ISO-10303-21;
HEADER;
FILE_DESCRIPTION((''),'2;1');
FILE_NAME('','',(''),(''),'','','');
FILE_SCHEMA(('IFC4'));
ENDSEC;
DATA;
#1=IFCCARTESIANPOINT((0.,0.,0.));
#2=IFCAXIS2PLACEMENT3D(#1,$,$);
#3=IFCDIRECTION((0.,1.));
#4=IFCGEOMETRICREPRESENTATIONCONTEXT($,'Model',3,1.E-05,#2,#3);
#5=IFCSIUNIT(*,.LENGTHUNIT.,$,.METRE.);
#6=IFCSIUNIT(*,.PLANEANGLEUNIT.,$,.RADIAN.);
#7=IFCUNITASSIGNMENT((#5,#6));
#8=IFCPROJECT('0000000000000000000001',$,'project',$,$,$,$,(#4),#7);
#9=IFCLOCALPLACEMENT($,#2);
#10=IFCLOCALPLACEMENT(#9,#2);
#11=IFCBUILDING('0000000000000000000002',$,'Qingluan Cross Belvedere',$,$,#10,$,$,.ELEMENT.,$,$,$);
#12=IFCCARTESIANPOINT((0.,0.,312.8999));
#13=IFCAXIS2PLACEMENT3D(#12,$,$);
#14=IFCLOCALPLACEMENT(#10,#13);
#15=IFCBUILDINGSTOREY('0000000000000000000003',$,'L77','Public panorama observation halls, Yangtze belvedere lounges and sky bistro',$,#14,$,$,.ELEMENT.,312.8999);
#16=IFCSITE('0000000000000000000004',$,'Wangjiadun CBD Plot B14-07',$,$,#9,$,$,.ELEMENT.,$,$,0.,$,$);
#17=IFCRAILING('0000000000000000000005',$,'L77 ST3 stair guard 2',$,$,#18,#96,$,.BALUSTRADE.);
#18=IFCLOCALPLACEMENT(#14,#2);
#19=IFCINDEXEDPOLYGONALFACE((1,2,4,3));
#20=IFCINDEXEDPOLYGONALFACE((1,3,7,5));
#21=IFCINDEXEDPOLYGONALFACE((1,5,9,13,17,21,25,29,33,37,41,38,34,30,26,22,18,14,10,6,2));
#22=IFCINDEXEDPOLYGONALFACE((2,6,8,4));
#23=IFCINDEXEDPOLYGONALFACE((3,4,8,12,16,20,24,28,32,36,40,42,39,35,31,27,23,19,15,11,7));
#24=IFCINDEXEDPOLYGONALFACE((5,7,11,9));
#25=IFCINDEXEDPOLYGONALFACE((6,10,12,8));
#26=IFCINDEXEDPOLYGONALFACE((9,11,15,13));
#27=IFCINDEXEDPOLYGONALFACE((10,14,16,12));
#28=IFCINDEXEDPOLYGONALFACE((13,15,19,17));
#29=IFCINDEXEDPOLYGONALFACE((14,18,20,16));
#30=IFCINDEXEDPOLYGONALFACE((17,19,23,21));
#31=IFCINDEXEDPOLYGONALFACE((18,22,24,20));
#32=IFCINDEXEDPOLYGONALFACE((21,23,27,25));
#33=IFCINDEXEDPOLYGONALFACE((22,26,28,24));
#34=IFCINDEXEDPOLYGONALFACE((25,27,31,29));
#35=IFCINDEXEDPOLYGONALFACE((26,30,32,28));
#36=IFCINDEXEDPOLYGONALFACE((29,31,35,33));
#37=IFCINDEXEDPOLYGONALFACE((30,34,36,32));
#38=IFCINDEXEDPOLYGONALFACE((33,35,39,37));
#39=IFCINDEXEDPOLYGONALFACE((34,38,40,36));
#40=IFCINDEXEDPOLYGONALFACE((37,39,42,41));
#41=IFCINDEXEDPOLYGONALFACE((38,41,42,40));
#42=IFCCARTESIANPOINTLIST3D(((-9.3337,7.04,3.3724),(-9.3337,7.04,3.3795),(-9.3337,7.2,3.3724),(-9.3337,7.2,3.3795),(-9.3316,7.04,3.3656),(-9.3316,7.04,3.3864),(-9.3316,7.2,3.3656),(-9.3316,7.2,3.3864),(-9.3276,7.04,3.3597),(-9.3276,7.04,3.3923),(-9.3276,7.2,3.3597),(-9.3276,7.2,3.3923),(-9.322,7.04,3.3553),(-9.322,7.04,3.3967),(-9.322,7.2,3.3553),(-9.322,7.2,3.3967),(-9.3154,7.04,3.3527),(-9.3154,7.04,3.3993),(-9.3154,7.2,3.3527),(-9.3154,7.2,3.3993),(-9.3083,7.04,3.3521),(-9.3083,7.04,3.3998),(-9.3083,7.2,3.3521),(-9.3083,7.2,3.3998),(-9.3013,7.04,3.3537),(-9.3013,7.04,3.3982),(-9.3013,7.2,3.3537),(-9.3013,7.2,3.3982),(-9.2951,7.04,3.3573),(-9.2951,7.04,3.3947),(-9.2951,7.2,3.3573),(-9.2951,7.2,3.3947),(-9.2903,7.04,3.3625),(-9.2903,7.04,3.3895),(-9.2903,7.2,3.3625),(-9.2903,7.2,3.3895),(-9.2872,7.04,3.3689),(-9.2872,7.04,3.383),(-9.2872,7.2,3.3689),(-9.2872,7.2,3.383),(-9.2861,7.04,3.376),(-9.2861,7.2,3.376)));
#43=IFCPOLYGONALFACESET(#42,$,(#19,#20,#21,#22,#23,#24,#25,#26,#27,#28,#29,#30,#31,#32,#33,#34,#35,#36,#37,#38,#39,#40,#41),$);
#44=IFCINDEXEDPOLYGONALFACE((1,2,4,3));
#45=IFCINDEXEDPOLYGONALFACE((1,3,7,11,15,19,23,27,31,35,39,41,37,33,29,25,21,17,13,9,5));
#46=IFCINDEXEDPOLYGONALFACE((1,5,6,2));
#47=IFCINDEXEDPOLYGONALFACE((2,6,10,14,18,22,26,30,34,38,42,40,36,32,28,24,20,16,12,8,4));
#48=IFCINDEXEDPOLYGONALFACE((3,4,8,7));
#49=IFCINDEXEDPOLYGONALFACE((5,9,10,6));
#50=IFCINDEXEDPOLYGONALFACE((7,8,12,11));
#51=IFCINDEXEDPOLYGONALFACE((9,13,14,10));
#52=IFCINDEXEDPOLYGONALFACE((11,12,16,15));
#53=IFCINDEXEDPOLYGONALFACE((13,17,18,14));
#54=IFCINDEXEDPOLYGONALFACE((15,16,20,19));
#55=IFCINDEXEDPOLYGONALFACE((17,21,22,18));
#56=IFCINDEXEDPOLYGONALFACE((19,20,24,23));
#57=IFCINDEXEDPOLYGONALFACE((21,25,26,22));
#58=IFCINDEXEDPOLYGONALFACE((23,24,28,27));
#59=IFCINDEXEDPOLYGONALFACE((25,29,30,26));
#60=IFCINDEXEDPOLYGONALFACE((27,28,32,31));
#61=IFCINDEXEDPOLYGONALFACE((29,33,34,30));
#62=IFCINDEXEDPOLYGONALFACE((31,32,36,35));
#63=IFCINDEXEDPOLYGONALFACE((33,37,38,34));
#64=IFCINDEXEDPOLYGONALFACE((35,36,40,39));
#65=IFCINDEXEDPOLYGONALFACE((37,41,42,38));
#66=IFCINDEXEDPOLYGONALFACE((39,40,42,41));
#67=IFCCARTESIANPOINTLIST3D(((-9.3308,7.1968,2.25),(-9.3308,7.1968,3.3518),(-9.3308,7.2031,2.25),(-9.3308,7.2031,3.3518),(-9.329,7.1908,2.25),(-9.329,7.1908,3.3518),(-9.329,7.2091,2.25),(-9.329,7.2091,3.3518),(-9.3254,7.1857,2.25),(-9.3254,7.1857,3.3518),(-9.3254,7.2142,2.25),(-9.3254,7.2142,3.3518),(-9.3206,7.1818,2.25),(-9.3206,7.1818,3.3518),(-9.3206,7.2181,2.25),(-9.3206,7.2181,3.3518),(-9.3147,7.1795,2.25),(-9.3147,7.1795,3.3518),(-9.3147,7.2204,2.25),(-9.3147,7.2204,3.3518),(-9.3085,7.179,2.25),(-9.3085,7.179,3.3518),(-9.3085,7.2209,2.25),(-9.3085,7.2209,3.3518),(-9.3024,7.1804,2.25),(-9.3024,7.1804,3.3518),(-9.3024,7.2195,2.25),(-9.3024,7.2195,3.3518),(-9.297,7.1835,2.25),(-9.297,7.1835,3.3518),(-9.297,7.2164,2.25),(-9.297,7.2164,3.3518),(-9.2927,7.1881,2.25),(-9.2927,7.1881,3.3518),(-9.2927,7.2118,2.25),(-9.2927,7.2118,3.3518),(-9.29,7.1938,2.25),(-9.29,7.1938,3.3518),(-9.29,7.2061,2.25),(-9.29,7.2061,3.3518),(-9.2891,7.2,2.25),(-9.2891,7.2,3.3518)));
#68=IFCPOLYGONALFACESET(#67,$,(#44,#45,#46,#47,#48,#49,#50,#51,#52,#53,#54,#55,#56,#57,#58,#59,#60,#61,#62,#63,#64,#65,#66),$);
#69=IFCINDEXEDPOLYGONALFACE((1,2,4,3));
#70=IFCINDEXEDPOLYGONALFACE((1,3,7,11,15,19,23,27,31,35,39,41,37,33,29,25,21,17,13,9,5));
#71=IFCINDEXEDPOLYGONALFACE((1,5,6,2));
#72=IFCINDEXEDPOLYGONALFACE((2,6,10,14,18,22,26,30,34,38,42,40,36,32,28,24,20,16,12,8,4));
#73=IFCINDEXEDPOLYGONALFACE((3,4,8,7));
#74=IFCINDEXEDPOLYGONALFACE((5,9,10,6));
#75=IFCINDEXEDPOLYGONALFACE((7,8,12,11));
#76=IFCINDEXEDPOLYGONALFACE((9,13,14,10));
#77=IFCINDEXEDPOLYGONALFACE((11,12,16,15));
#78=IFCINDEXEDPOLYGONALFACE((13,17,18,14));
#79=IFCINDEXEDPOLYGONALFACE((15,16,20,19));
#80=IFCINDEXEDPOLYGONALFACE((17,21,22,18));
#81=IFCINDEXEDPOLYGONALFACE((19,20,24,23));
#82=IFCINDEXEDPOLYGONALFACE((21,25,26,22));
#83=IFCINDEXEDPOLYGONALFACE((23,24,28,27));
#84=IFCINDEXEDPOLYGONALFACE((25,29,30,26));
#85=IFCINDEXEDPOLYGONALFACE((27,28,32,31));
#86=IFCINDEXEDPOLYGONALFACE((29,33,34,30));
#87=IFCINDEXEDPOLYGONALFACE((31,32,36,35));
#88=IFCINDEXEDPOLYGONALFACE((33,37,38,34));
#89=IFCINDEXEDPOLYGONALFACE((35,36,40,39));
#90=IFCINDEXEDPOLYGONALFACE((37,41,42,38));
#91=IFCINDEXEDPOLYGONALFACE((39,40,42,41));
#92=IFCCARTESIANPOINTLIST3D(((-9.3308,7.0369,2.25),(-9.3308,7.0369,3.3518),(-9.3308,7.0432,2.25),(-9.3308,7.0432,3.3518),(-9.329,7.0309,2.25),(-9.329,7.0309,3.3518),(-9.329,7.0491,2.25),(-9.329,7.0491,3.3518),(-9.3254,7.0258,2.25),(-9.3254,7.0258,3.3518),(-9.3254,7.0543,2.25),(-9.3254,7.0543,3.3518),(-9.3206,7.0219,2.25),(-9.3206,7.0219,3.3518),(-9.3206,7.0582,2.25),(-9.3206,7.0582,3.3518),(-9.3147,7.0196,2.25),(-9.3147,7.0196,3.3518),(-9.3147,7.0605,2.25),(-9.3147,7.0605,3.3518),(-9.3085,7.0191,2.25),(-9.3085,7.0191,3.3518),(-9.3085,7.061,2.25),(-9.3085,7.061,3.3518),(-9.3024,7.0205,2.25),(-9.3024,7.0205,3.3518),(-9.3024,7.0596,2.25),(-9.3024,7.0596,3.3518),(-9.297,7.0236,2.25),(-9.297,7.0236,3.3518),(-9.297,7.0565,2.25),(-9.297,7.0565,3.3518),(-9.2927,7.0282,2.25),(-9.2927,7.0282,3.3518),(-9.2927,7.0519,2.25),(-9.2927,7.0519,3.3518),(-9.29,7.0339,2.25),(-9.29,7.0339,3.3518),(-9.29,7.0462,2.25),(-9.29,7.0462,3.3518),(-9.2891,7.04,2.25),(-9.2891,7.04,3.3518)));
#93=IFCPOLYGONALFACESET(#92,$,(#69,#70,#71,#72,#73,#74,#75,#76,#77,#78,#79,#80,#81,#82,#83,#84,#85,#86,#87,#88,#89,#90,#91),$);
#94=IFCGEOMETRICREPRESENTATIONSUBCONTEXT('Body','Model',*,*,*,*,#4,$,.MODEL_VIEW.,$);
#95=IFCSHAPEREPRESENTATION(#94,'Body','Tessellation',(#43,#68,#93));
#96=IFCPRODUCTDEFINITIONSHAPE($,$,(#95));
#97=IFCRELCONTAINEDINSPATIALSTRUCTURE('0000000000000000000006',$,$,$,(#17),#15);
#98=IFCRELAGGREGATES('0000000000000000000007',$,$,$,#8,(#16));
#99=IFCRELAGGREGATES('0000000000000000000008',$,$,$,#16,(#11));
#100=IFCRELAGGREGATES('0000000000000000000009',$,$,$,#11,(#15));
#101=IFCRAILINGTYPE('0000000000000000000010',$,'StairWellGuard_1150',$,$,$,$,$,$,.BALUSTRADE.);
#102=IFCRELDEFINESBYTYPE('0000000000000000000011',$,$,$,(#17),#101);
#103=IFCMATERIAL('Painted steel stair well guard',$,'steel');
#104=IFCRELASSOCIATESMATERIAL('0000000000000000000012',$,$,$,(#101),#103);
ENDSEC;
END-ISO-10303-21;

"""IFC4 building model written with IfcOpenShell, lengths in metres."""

from ifc_helpers import new_model, si_unit, direction, frame, origin, origin_2d, place, context, subcontext, project, spatial, circle, extrude, material, type_object, element, save


model = new_model("IFC4")

# Units and contexts
model_context = context("Model", 3, precision=1e-05, world=origin(), true_north=direction((0.0, 1.0)))
body_context = subcontext(model_context, "Body", "Model", "MODEL_VIEW")
ifc_project = project(units=[si_unit("LENGTHUNIT", "METRE"), si_unit("PLANEANGLEUNIT", "RADIAN")], contexts=[model_context])

# Site, building, storey
site_placement = place(None, origin())
site = spatial("IfcSite", under=ifc_project, at=site_placement, Name="Wangjiadun CBD Plot B14-07", CompositionType="ELEMENT", RefElevation=0.0)
building_placement = place(site_placement, origin())
building = spatial("IfcBuilding", under=site, at=building_placement, Name="Qingluan Cross Belvedere", CompositionType="ELEMENT")
storey_placement = place(building_placement, frame((0.0, 0.0, 312.8999)))
storey = spatial("IfcBuildingStorey", under=building, at=storey_placement, Name="L77", Description="Public panorama observation halls, Yangtze belvedere lounges and sky bistro", CompositionType="ELEMENT", Elevation=312.8999)

# Railing
ifc_material_1 = material(Name="Painted steel stair well guard", Category="steel")
railing_type_1 = type_object("IfcRailingType", Name="StairWellGuard_1150", PredefinedType="BALUSTRADE", material=ifc_material_1)
railing_1_placement = place(storey_placement, frame((-9.3101, 7.2, 2.25)))
element("IfcRailing", 1, at=railing_1_placement, inside=storey, type_object=railing_type_1, Name="L77 ST3 stair guard 2", PredefinedType="BALUSTRADE", context=body_context, shape_type="SweptSolid", body=[
    extrude(circle(Radius=0.0239, at=origin_2d()), frame((0.0, 0.0, 1.126), z_axis=(0.0, -1.0, 0.0), x_axis=(1.0, 0.0, 0.0)), (0.0, 0.0, 1.0), 0.1599),
    extrude(circle(Radius=0.021, at=origin_2d()), origin(), (0.0, 0.0, 1.0), 1.1018),
    extrude(circle(Radius=0.021, at=origin_2d()), frame((0.0, -0.1599, 0.0)), (0.0, 0.0, 1.0), 1.1018),
])

save(model, "model.ifc")
